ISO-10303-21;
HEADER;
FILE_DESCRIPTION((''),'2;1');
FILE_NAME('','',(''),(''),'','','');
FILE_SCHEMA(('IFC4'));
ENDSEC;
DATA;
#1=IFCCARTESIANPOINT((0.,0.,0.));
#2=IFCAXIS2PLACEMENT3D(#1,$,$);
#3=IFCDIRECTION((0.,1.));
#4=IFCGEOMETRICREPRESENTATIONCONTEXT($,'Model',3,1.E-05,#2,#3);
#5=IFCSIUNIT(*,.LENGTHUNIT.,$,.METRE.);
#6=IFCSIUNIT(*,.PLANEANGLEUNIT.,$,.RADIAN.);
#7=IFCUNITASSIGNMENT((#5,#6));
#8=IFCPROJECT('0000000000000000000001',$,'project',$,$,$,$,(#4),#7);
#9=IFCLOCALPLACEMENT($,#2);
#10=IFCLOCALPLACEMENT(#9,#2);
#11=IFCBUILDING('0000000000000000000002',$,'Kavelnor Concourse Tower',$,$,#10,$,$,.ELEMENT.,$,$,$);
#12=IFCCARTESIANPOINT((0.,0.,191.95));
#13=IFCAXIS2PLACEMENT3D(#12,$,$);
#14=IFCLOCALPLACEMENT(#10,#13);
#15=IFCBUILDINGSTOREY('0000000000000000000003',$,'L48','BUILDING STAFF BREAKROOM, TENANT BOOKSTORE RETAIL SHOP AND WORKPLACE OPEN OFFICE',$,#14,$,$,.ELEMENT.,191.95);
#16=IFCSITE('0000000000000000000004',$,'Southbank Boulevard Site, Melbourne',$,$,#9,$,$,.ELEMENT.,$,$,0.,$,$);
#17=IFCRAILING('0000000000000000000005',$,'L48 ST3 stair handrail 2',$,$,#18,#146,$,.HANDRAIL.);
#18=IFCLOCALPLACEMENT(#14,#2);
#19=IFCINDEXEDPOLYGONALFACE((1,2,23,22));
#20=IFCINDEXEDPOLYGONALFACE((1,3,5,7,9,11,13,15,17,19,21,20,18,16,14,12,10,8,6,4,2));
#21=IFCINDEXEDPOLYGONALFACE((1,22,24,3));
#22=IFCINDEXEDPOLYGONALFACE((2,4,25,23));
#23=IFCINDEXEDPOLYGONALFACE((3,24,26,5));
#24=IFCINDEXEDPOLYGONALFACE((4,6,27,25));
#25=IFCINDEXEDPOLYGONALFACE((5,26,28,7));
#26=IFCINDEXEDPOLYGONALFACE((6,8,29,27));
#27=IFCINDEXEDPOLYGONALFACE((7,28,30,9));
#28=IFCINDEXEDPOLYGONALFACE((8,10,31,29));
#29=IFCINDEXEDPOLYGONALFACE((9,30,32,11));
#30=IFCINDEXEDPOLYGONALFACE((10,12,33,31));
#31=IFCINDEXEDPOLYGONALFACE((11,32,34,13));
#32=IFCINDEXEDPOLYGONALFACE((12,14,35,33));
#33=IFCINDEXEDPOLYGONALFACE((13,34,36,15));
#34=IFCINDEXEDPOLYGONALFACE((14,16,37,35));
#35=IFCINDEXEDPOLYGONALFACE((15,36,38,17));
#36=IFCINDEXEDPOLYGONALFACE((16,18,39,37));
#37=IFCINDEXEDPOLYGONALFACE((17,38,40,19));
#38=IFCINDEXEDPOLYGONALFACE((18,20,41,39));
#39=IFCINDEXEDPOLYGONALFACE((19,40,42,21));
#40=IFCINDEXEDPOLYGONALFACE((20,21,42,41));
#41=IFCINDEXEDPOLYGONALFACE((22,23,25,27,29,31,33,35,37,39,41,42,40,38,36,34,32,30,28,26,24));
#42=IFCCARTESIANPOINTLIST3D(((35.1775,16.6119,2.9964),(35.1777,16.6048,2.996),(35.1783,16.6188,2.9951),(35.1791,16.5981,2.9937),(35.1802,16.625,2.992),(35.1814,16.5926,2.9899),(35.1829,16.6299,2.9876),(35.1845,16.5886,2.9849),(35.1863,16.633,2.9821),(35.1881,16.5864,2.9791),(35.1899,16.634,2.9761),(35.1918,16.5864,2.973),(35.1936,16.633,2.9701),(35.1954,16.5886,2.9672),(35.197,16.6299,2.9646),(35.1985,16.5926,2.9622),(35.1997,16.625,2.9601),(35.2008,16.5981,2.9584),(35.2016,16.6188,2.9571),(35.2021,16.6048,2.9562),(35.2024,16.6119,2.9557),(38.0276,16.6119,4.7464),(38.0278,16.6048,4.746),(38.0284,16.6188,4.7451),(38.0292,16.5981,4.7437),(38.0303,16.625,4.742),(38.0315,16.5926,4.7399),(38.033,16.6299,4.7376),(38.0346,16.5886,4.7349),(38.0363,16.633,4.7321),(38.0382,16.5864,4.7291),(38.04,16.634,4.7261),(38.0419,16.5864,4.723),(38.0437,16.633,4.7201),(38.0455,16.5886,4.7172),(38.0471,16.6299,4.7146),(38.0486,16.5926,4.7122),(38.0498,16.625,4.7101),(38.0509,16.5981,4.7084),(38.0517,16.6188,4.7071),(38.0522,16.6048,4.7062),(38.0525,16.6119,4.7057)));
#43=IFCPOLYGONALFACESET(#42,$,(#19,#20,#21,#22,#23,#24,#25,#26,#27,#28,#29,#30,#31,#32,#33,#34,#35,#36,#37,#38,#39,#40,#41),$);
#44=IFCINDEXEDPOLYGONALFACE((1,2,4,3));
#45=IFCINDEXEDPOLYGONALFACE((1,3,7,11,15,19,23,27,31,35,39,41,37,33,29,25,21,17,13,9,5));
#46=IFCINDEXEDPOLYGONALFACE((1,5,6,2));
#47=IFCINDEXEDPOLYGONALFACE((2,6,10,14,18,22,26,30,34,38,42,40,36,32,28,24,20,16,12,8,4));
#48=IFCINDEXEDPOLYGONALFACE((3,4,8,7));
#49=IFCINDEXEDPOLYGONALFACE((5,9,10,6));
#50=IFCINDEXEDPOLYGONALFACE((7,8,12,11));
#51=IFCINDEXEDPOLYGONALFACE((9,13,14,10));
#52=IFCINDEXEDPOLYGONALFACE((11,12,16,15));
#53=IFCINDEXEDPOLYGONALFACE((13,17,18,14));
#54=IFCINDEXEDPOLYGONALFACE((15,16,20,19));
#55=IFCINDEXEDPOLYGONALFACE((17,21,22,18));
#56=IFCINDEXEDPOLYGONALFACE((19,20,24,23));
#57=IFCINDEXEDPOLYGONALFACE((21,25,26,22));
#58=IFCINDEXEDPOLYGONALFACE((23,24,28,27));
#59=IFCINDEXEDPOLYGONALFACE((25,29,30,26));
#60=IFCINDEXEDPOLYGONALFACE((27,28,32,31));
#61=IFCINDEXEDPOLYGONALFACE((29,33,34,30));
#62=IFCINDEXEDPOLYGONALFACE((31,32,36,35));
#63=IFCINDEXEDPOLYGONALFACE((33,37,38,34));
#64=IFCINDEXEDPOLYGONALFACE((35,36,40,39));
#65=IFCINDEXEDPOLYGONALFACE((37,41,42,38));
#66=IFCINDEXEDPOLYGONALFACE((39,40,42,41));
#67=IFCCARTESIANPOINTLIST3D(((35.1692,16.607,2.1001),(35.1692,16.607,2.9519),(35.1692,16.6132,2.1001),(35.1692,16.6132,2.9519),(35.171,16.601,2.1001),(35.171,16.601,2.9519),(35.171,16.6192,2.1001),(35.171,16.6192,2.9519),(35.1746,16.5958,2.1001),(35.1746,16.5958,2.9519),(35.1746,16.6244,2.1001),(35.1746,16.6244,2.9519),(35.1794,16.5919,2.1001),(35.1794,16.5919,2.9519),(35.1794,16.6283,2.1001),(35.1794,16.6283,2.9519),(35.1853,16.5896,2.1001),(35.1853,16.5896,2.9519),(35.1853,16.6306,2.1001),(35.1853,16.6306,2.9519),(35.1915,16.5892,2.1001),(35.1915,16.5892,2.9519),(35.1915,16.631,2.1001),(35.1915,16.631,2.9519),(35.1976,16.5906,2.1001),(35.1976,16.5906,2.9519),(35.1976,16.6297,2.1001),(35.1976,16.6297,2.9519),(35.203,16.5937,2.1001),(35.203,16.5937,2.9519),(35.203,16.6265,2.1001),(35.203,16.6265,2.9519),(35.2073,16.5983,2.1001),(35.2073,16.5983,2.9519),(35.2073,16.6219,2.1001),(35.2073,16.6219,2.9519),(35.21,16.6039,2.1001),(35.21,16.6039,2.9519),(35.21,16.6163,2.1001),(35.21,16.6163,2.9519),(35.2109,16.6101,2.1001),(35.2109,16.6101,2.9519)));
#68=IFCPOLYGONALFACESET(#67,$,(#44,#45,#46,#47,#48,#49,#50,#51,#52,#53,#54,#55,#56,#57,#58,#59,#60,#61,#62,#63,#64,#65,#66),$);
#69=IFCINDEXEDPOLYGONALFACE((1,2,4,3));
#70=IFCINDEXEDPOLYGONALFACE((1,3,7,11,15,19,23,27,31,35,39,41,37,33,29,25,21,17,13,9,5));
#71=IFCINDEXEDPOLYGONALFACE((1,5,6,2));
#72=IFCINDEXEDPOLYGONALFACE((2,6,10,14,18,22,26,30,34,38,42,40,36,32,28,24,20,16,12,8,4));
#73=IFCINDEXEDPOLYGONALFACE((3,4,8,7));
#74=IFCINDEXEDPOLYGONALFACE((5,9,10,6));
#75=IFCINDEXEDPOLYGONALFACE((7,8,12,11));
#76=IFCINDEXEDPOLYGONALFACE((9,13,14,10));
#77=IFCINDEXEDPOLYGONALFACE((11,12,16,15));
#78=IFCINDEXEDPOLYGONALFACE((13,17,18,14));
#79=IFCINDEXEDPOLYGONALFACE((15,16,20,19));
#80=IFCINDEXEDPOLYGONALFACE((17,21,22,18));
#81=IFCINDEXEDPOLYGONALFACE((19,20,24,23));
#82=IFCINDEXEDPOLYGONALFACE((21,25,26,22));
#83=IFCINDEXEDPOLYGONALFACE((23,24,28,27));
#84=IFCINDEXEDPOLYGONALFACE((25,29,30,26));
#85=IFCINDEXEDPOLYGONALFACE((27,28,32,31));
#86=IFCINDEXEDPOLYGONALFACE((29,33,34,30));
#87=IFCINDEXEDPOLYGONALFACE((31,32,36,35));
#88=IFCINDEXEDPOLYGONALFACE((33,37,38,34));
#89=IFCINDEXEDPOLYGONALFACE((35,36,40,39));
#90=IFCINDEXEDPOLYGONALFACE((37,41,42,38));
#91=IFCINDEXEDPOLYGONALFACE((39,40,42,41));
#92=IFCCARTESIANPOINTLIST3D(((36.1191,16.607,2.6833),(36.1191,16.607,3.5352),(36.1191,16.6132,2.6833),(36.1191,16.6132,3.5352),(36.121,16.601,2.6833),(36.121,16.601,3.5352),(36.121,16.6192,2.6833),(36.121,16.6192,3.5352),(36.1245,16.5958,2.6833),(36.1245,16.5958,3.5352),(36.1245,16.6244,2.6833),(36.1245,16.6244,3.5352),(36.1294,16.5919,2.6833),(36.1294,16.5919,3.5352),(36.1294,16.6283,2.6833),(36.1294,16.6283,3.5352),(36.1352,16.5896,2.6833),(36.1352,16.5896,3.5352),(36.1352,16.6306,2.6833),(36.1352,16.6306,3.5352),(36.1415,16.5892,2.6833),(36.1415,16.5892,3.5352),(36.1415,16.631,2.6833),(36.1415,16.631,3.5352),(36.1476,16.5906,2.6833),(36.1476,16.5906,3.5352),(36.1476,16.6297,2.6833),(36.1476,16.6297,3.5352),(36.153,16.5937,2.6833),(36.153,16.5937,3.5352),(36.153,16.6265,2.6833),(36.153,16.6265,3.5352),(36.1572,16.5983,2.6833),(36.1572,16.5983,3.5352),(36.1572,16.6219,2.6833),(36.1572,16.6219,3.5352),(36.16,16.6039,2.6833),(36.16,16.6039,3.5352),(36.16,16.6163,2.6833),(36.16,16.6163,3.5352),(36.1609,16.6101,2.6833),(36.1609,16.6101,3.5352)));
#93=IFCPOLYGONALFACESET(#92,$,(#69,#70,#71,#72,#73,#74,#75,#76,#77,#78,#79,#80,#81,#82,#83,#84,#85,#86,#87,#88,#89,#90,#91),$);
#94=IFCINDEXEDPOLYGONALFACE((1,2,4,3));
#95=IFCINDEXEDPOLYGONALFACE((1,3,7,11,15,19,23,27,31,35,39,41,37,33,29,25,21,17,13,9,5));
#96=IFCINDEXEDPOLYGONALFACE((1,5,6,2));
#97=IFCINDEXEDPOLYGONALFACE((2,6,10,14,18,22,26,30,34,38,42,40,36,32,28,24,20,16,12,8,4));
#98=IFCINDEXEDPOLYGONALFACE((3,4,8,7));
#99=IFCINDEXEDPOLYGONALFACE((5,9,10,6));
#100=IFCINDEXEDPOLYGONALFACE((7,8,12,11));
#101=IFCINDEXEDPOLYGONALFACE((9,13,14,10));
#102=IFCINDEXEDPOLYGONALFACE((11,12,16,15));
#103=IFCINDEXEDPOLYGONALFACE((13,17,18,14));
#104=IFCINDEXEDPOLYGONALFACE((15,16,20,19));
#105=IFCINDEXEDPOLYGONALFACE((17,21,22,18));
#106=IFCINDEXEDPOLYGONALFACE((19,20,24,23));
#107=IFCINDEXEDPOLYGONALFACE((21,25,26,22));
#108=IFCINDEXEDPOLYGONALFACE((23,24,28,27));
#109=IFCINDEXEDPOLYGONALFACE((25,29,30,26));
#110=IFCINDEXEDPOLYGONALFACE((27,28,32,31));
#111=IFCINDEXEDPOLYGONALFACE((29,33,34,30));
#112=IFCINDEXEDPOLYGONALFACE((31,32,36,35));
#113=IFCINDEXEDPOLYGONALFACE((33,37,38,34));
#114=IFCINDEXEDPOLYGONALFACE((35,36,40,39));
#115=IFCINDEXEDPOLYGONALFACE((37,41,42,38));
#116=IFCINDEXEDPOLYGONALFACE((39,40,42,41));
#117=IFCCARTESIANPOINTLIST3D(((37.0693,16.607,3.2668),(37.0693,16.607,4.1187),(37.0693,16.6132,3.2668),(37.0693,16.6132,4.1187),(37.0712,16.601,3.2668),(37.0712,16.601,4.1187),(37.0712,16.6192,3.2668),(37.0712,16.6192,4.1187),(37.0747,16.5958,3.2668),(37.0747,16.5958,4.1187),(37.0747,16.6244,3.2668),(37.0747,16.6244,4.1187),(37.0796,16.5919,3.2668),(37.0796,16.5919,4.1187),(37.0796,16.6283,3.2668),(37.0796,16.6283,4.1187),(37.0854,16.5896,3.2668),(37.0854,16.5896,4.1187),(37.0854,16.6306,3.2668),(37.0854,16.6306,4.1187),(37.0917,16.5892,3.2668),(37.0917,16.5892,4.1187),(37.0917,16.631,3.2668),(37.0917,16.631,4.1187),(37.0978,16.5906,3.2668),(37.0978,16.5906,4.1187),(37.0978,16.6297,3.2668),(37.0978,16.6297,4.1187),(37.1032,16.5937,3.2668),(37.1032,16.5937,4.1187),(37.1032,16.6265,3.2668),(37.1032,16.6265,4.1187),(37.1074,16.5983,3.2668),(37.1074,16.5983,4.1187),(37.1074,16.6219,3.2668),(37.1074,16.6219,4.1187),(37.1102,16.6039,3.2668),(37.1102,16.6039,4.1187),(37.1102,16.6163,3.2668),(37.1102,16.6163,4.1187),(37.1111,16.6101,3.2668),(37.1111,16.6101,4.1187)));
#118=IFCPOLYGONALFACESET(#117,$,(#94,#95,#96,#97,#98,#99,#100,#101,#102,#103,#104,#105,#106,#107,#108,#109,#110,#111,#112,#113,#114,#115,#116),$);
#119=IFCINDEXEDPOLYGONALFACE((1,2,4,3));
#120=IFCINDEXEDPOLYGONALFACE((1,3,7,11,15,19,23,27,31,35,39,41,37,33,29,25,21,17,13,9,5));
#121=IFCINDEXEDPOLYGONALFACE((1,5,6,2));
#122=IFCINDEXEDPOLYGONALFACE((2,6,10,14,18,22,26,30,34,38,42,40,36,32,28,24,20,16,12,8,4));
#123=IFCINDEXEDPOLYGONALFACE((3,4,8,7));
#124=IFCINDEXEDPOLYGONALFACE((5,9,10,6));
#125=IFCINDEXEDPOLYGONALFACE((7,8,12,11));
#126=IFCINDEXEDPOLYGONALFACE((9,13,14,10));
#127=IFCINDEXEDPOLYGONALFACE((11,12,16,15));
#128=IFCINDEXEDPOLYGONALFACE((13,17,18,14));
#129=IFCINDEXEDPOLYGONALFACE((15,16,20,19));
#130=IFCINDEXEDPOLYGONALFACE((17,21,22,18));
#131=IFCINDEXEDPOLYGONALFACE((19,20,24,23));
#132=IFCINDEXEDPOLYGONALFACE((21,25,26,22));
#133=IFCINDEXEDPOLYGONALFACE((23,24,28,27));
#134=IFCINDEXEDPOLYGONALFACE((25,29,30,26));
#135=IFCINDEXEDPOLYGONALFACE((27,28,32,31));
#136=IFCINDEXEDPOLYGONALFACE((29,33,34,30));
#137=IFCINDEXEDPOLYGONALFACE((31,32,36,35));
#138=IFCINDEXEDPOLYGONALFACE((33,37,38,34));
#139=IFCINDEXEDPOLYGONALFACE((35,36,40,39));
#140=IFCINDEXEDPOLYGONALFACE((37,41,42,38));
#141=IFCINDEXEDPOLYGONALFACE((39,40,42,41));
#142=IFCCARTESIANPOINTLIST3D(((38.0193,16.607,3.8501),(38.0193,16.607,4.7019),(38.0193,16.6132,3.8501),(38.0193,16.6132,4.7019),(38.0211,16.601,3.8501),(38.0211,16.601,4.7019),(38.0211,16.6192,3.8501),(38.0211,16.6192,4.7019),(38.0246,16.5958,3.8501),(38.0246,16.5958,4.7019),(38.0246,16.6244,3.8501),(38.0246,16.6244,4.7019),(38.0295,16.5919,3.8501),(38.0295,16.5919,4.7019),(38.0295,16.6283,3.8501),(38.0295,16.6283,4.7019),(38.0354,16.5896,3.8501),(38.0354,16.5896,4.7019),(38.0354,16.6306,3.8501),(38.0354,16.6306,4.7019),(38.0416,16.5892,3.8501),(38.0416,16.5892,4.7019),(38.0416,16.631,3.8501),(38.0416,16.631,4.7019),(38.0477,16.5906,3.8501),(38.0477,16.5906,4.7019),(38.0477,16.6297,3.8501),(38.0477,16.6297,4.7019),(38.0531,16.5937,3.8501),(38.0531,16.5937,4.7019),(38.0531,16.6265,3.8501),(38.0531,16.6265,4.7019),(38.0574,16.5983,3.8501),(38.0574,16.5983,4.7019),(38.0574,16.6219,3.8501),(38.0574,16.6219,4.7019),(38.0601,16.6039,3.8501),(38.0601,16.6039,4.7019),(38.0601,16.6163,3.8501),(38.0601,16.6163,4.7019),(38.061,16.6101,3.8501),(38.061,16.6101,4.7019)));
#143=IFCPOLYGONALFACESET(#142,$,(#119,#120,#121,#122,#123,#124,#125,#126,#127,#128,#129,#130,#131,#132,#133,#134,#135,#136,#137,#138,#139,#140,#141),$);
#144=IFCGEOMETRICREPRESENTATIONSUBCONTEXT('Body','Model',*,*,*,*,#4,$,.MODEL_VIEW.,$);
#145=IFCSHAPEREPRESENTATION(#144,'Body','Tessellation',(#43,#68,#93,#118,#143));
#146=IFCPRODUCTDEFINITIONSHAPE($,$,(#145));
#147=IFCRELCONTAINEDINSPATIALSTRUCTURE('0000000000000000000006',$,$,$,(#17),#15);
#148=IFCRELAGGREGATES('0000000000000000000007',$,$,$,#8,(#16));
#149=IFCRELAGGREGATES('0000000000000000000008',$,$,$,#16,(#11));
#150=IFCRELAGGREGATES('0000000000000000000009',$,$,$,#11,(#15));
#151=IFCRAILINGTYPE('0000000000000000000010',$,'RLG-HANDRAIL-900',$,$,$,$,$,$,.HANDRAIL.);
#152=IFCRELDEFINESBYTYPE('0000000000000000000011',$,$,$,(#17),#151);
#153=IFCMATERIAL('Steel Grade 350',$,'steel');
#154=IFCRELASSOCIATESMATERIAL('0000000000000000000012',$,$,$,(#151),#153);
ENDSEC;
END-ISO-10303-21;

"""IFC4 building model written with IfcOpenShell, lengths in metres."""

from ifc_helpers import new_model, si_unit, direction, frame, origin, origin_2d, place, context, subcontext, project, spatial, circle, extrude, material, type_object, element, save


model = new_model("IFC4")

# Units and contexts
model_context = context("Model", 3, precision=1e-05, world=origin(), true_north=direction((0.0, 1.0)))
body_context = subcontext(model_context, "Body", "Model", "MODEL_VIEW")
ifc_project = project(units=[si_unit("LENGTHUNIT", "METRE"), si_unit("PLANEANGLEUNIT", "RADIAN")], contexts=[model_context])

# Site, building, storey
site_placement = place(None, origin())
site = spatial("IfcSite", under=ifc_project, at=site_placement, Name="Southbank Boulevard Site, Melbourne", CompositionType="ELEMENT", RefElevation=0.0)
building_placement = place(site_placement, origin())
building = spatial("IfcBuilding", under=site, at=building_placement, Name="Kavelnor Concourse Tower", CompositionType="ELEMENT")
storey_placement = place(building_placement, frame((0.0, 0.0, 191.95)))
storey = spatial("IfcBuildingStorey", under=building, at=storey_placement, Name="L48", Description="BUILDING STAFF BREAKROOM, TENANT BOOKSTORE RETAIL SHOP AND WORKPLACE OPEN OFFICE", CompositionType="ELEMENT", Elevation=191.95)

# Shared definitions
ifc_material_1 = material(Name="Steel Grade 350", Category="steel")

# Railing
railing_type_1 = type_object("IfcRailingType", Name="RLG-HANDRAIL-900", PredefinedType="HANDRAIL", material=ifc_material_1)
railing_1_placement = place(storey_placement, frame((35.1899, 16.6101, 2.1001)))
element("IfcRailing", 1, at=railing_1_placement, inside=storey, type_object=railing_type_1, Name="L48 ST3 stair handrail 2", PredefinedType="HANDRAIL", context=body_context, shape_type="SweptSolid", body=[
    extrude(circle(Radius=0.0239, at=origin_2d()), frame((0.0, 0.0, 0.876), z_axis=(0.852179, 0.0, 0.52325), x_axis=(0.0, 1.0, 0.0)), (0.0, 0.0, 1.0), 3.3445),
    extrude(circle(Radius=0.021, at=origin_2d()), origin(), (0.0, 0.0, 1.0), 0.8518),
    extrude(circle(Radius=0.021, at=origin_2d()), frame((0.95, 0.0, 0.5833)), (0.0, 0.0, 1.0), 0.8518),
    extrude(circle(Radius=0.021, at=origin_2d()), frame((1.9001, 0.0, 1.1667)), (0.0, 0.0, 1.0), 0.8518),
    extrude(circle(Radius=0.021, at=origin_2d()), frame((2.8501, 0.0, 1.75)), (0.0, 0.0, 1.0), 0.8518),
])

save(model, "model.ifc")
